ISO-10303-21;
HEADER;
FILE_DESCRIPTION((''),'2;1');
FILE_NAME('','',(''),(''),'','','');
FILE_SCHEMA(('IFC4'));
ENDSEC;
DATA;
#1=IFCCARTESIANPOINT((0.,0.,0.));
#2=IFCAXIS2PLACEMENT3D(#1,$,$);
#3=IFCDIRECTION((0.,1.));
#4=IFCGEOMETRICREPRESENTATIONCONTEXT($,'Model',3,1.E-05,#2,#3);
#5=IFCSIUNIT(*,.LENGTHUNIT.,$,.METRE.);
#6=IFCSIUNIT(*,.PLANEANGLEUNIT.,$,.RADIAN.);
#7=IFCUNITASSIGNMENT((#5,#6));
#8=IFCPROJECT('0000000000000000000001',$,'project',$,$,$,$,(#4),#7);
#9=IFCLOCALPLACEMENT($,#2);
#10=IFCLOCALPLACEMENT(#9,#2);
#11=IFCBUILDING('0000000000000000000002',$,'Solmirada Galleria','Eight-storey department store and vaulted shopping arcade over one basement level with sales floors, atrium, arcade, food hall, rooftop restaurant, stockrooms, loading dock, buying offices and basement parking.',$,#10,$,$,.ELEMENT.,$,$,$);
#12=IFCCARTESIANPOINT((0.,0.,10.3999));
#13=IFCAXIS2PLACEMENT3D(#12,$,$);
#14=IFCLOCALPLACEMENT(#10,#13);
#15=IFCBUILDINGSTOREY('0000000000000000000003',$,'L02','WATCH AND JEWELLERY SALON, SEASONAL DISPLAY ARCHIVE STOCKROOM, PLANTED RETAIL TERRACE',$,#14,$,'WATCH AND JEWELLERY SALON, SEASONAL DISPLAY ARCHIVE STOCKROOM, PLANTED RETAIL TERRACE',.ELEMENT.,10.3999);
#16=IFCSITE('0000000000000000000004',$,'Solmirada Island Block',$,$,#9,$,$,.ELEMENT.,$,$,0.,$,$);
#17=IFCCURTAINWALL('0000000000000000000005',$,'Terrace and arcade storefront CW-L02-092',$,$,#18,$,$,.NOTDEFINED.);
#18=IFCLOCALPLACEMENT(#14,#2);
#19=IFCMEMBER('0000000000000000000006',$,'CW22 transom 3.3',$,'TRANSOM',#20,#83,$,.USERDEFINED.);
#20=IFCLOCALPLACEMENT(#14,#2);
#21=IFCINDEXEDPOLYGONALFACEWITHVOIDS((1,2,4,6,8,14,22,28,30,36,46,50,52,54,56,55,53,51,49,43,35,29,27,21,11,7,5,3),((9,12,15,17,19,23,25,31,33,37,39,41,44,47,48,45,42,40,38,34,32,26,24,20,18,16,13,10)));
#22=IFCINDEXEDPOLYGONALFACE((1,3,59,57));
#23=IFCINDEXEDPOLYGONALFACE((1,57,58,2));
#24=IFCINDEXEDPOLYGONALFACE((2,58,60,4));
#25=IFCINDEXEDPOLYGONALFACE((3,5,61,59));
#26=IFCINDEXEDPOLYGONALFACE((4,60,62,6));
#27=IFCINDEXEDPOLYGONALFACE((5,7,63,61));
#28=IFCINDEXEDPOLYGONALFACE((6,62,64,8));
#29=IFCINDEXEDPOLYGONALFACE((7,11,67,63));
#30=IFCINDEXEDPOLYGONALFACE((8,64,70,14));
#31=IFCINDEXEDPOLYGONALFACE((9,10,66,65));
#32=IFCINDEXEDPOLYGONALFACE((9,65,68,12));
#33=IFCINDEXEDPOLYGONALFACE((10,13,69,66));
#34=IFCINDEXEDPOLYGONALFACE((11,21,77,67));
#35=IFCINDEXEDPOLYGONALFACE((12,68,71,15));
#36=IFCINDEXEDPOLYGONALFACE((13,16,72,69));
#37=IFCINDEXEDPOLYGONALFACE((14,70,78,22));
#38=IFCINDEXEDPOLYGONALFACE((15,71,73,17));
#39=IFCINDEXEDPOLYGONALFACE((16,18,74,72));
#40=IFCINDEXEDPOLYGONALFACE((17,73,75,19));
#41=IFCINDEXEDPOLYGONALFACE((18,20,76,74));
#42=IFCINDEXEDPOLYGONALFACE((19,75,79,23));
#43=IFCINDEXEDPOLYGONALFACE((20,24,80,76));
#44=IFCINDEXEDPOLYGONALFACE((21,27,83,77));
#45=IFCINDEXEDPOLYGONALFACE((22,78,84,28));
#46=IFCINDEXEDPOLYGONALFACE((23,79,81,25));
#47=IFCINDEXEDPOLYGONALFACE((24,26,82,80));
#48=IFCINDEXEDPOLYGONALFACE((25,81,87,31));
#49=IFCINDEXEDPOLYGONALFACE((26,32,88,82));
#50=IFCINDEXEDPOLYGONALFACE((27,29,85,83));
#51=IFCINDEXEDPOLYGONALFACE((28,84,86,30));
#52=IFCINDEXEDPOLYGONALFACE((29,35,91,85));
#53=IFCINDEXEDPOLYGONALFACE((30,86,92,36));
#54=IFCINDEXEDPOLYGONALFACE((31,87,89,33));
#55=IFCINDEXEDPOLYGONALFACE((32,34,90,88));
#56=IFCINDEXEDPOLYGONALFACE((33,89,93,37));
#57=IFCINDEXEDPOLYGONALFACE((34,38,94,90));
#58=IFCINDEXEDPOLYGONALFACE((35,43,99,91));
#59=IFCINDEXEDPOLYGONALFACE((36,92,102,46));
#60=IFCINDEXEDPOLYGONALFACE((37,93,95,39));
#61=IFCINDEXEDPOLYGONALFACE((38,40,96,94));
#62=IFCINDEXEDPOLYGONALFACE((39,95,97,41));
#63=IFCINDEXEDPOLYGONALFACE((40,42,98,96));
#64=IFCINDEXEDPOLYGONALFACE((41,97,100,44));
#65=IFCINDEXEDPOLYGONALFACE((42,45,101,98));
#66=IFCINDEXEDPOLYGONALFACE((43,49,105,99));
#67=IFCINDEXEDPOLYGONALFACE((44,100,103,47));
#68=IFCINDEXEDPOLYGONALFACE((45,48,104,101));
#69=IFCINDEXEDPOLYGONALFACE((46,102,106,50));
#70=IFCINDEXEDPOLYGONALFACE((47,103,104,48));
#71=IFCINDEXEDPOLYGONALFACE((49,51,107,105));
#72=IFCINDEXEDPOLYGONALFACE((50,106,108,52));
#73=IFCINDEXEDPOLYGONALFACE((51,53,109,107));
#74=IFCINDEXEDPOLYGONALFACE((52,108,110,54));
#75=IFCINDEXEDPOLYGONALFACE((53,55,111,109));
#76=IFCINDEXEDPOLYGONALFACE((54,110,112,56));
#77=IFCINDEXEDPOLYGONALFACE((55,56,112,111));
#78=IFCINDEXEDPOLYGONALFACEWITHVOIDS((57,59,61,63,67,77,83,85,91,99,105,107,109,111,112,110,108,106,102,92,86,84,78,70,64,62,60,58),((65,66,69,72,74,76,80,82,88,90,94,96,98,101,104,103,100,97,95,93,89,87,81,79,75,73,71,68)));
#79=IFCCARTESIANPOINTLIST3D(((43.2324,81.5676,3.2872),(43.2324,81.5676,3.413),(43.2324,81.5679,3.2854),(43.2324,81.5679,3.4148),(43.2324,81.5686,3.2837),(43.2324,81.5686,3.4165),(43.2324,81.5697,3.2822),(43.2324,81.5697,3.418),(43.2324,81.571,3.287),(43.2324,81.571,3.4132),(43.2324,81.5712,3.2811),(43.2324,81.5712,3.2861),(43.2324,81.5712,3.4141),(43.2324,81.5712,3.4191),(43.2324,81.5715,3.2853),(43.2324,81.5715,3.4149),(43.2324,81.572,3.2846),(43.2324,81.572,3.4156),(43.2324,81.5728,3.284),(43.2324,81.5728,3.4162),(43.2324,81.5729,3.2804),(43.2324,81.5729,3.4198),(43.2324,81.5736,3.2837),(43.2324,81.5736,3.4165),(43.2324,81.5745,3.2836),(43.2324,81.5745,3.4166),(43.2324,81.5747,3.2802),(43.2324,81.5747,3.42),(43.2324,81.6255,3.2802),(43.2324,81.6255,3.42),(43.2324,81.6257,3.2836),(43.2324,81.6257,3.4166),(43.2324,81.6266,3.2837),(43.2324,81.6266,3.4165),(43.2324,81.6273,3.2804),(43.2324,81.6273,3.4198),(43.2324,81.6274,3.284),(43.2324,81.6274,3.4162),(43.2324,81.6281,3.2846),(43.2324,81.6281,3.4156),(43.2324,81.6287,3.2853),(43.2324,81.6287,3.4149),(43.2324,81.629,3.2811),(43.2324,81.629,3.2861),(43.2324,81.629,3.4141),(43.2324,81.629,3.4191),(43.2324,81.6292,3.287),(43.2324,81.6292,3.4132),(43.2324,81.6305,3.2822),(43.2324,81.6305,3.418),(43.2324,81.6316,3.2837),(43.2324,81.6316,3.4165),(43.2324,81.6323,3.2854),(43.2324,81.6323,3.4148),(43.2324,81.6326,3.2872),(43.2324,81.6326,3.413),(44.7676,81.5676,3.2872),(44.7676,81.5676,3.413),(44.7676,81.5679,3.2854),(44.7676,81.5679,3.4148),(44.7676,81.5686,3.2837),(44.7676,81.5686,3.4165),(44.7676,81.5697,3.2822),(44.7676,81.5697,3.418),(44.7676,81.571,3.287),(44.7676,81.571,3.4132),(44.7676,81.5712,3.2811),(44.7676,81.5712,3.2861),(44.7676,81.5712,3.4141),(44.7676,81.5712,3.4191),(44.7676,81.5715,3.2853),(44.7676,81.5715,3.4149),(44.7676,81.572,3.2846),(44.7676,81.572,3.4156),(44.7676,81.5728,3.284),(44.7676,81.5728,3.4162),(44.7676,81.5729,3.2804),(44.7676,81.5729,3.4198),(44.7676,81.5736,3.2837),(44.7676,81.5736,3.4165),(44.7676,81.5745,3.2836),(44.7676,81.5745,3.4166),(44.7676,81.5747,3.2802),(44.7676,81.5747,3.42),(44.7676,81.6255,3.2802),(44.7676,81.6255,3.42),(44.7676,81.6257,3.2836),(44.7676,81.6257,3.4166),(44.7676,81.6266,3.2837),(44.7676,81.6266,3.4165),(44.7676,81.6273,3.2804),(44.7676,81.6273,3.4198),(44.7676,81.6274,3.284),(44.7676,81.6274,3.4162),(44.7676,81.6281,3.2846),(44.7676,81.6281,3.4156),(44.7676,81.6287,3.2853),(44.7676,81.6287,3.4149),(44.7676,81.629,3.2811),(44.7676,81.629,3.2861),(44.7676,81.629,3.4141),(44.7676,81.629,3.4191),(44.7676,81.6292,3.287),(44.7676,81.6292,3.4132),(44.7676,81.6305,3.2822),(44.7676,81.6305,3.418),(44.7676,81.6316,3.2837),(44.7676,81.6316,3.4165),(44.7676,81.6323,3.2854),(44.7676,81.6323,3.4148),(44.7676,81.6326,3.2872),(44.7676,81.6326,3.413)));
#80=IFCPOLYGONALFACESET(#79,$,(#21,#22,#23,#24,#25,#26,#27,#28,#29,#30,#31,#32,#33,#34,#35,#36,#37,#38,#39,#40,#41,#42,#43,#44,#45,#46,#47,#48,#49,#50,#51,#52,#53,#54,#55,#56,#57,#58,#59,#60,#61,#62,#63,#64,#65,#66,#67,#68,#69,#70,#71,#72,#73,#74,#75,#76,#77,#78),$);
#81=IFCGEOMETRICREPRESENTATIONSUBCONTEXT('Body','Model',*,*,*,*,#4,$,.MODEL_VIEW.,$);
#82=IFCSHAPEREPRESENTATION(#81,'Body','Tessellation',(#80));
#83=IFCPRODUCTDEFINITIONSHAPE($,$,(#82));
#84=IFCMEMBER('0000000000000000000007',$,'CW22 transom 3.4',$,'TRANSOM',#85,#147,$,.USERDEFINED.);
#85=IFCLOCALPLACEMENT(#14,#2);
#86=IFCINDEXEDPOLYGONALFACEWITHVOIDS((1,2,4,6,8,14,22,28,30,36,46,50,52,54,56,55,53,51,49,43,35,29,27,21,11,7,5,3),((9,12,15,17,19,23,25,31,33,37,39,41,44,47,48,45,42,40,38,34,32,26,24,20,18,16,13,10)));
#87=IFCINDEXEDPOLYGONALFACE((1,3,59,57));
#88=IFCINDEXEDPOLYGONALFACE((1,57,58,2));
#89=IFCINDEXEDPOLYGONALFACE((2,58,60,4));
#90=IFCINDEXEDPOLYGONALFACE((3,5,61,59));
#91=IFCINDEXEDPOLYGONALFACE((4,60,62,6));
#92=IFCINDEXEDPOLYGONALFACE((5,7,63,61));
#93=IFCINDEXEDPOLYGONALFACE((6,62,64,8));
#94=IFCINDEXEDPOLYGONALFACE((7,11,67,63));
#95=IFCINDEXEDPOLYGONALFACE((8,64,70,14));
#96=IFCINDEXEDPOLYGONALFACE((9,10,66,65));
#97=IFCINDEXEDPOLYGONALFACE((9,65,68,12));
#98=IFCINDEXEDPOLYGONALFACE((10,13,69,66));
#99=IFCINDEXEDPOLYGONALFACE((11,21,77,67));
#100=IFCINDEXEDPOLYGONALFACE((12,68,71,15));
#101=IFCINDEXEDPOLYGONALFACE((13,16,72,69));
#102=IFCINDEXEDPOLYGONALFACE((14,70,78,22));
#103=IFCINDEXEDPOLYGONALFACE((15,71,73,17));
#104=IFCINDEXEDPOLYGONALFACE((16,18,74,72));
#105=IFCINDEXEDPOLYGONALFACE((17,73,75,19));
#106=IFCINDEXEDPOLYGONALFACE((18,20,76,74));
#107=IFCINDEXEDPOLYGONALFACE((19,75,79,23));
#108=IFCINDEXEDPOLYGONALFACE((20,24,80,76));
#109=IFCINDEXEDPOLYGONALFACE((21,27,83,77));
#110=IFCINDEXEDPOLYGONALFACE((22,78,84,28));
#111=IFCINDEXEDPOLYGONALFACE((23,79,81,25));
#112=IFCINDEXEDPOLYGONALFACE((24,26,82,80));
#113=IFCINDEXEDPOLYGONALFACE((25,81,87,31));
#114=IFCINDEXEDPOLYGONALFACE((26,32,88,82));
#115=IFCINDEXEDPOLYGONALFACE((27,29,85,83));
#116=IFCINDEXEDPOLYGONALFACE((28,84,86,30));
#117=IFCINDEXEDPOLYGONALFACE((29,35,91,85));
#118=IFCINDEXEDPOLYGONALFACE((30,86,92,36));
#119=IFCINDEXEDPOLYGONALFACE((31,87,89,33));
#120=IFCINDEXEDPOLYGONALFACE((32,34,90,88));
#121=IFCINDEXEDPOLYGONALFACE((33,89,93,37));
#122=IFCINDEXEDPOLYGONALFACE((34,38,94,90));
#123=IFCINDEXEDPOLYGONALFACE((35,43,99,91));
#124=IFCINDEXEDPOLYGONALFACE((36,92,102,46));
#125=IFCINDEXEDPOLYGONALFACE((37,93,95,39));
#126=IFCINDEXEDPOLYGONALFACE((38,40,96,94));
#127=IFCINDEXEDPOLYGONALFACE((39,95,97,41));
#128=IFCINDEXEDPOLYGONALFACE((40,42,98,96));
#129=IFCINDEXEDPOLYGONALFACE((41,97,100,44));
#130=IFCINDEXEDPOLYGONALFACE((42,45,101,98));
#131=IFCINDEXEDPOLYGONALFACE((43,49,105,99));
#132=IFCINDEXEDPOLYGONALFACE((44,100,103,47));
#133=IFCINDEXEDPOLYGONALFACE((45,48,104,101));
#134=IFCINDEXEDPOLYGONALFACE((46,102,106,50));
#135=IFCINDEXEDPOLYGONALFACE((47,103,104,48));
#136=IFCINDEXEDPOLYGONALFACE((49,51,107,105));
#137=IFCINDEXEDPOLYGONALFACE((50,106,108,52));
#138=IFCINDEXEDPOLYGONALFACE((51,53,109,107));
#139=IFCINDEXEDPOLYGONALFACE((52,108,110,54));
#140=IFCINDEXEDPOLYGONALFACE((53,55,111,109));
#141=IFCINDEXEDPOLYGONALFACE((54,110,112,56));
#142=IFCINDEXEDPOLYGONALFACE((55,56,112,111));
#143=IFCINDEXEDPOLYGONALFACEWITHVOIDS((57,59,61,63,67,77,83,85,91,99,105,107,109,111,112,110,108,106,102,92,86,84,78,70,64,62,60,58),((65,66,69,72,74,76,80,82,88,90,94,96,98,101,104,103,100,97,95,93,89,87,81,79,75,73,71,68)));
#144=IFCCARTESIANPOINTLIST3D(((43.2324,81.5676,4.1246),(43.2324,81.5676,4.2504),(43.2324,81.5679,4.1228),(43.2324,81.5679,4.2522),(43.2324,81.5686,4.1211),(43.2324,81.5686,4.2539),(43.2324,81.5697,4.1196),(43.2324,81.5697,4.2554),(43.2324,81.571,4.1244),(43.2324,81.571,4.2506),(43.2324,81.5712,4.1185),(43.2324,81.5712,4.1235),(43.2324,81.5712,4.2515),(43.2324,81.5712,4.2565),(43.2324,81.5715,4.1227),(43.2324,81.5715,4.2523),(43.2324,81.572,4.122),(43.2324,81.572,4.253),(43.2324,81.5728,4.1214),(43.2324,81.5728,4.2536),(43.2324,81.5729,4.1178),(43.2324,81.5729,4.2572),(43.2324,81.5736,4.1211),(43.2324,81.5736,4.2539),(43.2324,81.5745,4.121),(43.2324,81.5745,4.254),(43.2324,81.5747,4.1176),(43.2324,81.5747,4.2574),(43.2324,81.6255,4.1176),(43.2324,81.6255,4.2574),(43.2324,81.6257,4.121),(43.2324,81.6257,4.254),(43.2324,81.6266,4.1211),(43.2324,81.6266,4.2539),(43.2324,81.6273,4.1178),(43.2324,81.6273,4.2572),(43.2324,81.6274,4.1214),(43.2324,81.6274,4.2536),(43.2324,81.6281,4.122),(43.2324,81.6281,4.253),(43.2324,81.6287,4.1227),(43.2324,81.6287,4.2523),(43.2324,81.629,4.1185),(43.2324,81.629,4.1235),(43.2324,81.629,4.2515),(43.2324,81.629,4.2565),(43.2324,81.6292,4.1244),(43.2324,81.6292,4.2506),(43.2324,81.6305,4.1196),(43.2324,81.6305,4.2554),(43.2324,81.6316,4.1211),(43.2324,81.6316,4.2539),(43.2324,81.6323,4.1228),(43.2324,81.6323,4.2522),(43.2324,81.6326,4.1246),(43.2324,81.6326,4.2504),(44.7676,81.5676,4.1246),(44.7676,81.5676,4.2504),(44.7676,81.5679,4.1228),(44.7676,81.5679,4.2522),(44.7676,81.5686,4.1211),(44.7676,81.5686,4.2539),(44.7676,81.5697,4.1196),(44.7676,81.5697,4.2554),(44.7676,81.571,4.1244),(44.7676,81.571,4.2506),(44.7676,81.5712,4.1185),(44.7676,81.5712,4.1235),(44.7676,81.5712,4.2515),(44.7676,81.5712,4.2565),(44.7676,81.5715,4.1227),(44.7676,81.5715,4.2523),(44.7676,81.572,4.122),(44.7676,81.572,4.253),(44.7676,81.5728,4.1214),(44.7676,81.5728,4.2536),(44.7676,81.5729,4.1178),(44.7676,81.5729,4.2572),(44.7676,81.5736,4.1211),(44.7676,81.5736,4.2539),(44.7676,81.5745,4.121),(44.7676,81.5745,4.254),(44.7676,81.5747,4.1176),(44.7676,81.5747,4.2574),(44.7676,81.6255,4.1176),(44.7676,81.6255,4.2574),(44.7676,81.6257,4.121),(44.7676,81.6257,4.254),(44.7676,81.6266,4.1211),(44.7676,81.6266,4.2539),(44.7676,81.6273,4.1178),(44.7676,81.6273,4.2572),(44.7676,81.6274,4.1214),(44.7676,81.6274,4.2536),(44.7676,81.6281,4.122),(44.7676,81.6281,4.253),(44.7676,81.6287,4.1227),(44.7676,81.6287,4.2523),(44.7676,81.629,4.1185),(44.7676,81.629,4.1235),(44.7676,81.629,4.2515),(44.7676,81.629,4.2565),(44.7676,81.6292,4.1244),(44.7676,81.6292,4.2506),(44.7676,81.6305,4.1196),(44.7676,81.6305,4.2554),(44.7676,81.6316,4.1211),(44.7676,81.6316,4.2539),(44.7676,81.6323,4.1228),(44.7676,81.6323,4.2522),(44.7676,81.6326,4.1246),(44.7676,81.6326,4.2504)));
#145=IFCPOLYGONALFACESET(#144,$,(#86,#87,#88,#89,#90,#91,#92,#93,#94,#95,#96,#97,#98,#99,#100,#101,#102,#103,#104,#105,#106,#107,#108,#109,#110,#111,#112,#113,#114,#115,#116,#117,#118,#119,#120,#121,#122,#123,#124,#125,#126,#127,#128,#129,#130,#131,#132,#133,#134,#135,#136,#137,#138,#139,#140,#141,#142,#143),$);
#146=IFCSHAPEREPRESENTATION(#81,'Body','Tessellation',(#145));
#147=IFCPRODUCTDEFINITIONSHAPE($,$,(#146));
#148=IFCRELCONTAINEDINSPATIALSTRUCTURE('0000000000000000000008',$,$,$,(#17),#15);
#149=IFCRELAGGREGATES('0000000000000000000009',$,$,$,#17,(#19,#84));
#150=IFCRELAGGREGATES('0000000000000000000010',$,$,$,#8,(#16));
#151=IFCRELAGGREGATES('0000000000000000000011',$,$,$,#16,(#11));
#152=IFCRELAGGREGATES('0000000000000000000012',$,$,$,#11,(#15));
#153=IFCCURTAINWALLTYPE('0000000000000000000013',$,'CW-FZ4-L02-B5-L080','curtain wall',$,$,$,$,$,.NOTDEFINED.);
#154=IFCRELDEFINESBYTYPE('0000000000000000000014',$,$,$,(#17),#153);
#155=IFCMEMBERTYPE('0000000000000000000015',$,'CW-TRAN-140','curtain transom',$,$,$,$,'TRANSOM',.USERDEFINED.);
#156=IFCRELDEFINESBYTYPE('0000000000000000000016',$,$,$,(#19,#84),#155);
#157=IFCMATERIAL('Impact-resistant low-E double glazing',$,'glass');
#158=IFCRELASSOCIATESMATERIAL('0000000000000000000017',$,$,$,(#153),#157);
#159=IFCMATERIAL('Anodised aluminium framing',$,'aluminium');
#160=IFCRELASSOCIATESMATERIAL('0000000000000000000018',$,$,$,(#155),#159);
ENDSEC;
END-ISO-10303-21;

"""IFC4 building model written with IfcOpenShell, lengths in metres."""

from ifc_helpers import new_model, si_unit, direction, frame, origin, origin_2d, place, context, subcontext, project, spatial, hollow_rectangle, extrude, material, material_profile, profile_set, type_object, element, aggregate, save


model = new_model("IFC4")

# Units and contexts
model_context = context("Model", 3, precision=1e-05, world=origin(), true_north=direction((0.0, 1.0)))
body_context = subcontext(model_context, "Body", "Model", "MODEL_VIEW")
ifc_project = project(units=[si_unit("LENGTHUNIT", "METRE"), si_unit("PLANEANGLEUNIT", "RADIAN")], contexts=[model_context])

# Site, building, storey
site_placement = place(None, origin())
site = spatial("IfcSite", under=ifc_project, at=site_placement, Name="Solmirada Island Block", CompositionType="ELEMENT", RefElevation=0.0)
building_placement = place(site_placement, origin())
building = spatial("IfcBuilding", under=site, at=building_placement, Name="Solmirada Galleria", Description="Eight-storey department store and vaulted shopping arcade over one basement level with sales floors, atrium, arcade, food hall, rooftop restaurant, stockrooms, loading dock, buying offices and basement parking.", CompositionType="ELEMENT")
storey_placement = place(building_placement, frame((0.0, 0.0, 10.3999)))
storey = spatial("IfcBuildingStorey", under=building, at=storey_placement, Name="L02", Description="WATCH AND JEWELLERY SALON, SEASONAL DISPLAY ARCHIVE STOCKROOM, PLANTED RETAIL TERRACE", LongName="WATCH AND JEWELLERY SALON, SEASONAL DISPLAY ARCHIVE STOCKROOM, PLANTED RETAIL TERRACE", CompositionType="ELEMENT", Elevation=10.3999)

# Curtain wall, members
ifc_material_1 = material(Name="Impact-resistant low-E double glazing", Category="glass")
curtain_wall_type = type_object("IfcCurtainWallType", Name="CW-FZ4-L02-B5-L080", Description="curtain wall", PredefinedType="NOTDEFINED", material=ifc_material_1)
curtain_wall_placement = place(storey_placement, origin())
curtain_wall = element("IfcCurtainWall", 1, at=curtain_wall_placement, inside=storey, type_object=curtain_wall_type, Name="Terrace and arcade storefront CW-L02-092", PredefinedType="NOTDEFINED")
ifc_material_2 = material(Name="Anodised aluminium framing", Category="aluminium")
ifc_material_profile_1 = material_profile(ifc_material_2, hollow_rectangle(XDim=0.0649, YDim=0.1399, WallThickness=0.0034, InnerFilletRadius=0.0034, OuterFilletRadius=0.0071, at=origin_2d()), Name="ALU-TRAN-140X65")
ifc_profile_set_1 = profile_set([ifc_material_profile_1], Name="Anodised aluminium framing")
member_type_1 = type_object("IfcMemberType", Name="CW-TRAN-140", Description="curtain transom", ElementType="TRANSOM", PredefinedType="USERDEFINED", material=ifc_profile_set_1)
member_1_placement = place(storey_placement, frame((44.7676, 81.6001, 3.3501), z_axis=(-1.0, 0.0, 0.0), x_axis=(0.0, -1.0, 0.0)))
member_1 = element("IfcMember", 2, at=member_1_placement, type_object=member_type_1, Name="CW22 transom 3.3", ObjectType="TRANSOM", PredefinedType="USERDEFINED", context=body_context, shape_type="SweptSolid", body=[
    extrude(hollow_rectangle(XDim=0.0649, YDim=0.1399, WallThickness=0.0034, InnerFilletRadius=0.0034, OuterFilletRadius=0.0071, at=origin_2d()), origin(), (0.0, 0.0, 1.0), 1.5352),
])
member_2_placement = place(storey_placement, frame((44.7676, 81.6001, 4.1875), z_axis=(-1.0, 0.0, 0.0), x_axis=(0.0, -1.0, 0.0)))
member_2 = element("IfcMember", 3, at=member_2_placement, type_object=member_type_1, Name="CW22 transom 3.4", ObjectType="TRANSOM", PredefinedType="USERDEFINED", context=body_context, shape_type="SweptSolid", body=[
    extrude(hollow_rectangle(XDim=0.0649, YDim=0.1399, WallThickness=0.0034, InnerFilletRadius=0.0034, OuterFilletRadius=0.0071, at=origin_2d()), origin(), (0.0, 0.0, 1.0), 1.5352),
])
aggregate(curtain_wall, [member_1, member_2])

save(model, "model.ifc")
